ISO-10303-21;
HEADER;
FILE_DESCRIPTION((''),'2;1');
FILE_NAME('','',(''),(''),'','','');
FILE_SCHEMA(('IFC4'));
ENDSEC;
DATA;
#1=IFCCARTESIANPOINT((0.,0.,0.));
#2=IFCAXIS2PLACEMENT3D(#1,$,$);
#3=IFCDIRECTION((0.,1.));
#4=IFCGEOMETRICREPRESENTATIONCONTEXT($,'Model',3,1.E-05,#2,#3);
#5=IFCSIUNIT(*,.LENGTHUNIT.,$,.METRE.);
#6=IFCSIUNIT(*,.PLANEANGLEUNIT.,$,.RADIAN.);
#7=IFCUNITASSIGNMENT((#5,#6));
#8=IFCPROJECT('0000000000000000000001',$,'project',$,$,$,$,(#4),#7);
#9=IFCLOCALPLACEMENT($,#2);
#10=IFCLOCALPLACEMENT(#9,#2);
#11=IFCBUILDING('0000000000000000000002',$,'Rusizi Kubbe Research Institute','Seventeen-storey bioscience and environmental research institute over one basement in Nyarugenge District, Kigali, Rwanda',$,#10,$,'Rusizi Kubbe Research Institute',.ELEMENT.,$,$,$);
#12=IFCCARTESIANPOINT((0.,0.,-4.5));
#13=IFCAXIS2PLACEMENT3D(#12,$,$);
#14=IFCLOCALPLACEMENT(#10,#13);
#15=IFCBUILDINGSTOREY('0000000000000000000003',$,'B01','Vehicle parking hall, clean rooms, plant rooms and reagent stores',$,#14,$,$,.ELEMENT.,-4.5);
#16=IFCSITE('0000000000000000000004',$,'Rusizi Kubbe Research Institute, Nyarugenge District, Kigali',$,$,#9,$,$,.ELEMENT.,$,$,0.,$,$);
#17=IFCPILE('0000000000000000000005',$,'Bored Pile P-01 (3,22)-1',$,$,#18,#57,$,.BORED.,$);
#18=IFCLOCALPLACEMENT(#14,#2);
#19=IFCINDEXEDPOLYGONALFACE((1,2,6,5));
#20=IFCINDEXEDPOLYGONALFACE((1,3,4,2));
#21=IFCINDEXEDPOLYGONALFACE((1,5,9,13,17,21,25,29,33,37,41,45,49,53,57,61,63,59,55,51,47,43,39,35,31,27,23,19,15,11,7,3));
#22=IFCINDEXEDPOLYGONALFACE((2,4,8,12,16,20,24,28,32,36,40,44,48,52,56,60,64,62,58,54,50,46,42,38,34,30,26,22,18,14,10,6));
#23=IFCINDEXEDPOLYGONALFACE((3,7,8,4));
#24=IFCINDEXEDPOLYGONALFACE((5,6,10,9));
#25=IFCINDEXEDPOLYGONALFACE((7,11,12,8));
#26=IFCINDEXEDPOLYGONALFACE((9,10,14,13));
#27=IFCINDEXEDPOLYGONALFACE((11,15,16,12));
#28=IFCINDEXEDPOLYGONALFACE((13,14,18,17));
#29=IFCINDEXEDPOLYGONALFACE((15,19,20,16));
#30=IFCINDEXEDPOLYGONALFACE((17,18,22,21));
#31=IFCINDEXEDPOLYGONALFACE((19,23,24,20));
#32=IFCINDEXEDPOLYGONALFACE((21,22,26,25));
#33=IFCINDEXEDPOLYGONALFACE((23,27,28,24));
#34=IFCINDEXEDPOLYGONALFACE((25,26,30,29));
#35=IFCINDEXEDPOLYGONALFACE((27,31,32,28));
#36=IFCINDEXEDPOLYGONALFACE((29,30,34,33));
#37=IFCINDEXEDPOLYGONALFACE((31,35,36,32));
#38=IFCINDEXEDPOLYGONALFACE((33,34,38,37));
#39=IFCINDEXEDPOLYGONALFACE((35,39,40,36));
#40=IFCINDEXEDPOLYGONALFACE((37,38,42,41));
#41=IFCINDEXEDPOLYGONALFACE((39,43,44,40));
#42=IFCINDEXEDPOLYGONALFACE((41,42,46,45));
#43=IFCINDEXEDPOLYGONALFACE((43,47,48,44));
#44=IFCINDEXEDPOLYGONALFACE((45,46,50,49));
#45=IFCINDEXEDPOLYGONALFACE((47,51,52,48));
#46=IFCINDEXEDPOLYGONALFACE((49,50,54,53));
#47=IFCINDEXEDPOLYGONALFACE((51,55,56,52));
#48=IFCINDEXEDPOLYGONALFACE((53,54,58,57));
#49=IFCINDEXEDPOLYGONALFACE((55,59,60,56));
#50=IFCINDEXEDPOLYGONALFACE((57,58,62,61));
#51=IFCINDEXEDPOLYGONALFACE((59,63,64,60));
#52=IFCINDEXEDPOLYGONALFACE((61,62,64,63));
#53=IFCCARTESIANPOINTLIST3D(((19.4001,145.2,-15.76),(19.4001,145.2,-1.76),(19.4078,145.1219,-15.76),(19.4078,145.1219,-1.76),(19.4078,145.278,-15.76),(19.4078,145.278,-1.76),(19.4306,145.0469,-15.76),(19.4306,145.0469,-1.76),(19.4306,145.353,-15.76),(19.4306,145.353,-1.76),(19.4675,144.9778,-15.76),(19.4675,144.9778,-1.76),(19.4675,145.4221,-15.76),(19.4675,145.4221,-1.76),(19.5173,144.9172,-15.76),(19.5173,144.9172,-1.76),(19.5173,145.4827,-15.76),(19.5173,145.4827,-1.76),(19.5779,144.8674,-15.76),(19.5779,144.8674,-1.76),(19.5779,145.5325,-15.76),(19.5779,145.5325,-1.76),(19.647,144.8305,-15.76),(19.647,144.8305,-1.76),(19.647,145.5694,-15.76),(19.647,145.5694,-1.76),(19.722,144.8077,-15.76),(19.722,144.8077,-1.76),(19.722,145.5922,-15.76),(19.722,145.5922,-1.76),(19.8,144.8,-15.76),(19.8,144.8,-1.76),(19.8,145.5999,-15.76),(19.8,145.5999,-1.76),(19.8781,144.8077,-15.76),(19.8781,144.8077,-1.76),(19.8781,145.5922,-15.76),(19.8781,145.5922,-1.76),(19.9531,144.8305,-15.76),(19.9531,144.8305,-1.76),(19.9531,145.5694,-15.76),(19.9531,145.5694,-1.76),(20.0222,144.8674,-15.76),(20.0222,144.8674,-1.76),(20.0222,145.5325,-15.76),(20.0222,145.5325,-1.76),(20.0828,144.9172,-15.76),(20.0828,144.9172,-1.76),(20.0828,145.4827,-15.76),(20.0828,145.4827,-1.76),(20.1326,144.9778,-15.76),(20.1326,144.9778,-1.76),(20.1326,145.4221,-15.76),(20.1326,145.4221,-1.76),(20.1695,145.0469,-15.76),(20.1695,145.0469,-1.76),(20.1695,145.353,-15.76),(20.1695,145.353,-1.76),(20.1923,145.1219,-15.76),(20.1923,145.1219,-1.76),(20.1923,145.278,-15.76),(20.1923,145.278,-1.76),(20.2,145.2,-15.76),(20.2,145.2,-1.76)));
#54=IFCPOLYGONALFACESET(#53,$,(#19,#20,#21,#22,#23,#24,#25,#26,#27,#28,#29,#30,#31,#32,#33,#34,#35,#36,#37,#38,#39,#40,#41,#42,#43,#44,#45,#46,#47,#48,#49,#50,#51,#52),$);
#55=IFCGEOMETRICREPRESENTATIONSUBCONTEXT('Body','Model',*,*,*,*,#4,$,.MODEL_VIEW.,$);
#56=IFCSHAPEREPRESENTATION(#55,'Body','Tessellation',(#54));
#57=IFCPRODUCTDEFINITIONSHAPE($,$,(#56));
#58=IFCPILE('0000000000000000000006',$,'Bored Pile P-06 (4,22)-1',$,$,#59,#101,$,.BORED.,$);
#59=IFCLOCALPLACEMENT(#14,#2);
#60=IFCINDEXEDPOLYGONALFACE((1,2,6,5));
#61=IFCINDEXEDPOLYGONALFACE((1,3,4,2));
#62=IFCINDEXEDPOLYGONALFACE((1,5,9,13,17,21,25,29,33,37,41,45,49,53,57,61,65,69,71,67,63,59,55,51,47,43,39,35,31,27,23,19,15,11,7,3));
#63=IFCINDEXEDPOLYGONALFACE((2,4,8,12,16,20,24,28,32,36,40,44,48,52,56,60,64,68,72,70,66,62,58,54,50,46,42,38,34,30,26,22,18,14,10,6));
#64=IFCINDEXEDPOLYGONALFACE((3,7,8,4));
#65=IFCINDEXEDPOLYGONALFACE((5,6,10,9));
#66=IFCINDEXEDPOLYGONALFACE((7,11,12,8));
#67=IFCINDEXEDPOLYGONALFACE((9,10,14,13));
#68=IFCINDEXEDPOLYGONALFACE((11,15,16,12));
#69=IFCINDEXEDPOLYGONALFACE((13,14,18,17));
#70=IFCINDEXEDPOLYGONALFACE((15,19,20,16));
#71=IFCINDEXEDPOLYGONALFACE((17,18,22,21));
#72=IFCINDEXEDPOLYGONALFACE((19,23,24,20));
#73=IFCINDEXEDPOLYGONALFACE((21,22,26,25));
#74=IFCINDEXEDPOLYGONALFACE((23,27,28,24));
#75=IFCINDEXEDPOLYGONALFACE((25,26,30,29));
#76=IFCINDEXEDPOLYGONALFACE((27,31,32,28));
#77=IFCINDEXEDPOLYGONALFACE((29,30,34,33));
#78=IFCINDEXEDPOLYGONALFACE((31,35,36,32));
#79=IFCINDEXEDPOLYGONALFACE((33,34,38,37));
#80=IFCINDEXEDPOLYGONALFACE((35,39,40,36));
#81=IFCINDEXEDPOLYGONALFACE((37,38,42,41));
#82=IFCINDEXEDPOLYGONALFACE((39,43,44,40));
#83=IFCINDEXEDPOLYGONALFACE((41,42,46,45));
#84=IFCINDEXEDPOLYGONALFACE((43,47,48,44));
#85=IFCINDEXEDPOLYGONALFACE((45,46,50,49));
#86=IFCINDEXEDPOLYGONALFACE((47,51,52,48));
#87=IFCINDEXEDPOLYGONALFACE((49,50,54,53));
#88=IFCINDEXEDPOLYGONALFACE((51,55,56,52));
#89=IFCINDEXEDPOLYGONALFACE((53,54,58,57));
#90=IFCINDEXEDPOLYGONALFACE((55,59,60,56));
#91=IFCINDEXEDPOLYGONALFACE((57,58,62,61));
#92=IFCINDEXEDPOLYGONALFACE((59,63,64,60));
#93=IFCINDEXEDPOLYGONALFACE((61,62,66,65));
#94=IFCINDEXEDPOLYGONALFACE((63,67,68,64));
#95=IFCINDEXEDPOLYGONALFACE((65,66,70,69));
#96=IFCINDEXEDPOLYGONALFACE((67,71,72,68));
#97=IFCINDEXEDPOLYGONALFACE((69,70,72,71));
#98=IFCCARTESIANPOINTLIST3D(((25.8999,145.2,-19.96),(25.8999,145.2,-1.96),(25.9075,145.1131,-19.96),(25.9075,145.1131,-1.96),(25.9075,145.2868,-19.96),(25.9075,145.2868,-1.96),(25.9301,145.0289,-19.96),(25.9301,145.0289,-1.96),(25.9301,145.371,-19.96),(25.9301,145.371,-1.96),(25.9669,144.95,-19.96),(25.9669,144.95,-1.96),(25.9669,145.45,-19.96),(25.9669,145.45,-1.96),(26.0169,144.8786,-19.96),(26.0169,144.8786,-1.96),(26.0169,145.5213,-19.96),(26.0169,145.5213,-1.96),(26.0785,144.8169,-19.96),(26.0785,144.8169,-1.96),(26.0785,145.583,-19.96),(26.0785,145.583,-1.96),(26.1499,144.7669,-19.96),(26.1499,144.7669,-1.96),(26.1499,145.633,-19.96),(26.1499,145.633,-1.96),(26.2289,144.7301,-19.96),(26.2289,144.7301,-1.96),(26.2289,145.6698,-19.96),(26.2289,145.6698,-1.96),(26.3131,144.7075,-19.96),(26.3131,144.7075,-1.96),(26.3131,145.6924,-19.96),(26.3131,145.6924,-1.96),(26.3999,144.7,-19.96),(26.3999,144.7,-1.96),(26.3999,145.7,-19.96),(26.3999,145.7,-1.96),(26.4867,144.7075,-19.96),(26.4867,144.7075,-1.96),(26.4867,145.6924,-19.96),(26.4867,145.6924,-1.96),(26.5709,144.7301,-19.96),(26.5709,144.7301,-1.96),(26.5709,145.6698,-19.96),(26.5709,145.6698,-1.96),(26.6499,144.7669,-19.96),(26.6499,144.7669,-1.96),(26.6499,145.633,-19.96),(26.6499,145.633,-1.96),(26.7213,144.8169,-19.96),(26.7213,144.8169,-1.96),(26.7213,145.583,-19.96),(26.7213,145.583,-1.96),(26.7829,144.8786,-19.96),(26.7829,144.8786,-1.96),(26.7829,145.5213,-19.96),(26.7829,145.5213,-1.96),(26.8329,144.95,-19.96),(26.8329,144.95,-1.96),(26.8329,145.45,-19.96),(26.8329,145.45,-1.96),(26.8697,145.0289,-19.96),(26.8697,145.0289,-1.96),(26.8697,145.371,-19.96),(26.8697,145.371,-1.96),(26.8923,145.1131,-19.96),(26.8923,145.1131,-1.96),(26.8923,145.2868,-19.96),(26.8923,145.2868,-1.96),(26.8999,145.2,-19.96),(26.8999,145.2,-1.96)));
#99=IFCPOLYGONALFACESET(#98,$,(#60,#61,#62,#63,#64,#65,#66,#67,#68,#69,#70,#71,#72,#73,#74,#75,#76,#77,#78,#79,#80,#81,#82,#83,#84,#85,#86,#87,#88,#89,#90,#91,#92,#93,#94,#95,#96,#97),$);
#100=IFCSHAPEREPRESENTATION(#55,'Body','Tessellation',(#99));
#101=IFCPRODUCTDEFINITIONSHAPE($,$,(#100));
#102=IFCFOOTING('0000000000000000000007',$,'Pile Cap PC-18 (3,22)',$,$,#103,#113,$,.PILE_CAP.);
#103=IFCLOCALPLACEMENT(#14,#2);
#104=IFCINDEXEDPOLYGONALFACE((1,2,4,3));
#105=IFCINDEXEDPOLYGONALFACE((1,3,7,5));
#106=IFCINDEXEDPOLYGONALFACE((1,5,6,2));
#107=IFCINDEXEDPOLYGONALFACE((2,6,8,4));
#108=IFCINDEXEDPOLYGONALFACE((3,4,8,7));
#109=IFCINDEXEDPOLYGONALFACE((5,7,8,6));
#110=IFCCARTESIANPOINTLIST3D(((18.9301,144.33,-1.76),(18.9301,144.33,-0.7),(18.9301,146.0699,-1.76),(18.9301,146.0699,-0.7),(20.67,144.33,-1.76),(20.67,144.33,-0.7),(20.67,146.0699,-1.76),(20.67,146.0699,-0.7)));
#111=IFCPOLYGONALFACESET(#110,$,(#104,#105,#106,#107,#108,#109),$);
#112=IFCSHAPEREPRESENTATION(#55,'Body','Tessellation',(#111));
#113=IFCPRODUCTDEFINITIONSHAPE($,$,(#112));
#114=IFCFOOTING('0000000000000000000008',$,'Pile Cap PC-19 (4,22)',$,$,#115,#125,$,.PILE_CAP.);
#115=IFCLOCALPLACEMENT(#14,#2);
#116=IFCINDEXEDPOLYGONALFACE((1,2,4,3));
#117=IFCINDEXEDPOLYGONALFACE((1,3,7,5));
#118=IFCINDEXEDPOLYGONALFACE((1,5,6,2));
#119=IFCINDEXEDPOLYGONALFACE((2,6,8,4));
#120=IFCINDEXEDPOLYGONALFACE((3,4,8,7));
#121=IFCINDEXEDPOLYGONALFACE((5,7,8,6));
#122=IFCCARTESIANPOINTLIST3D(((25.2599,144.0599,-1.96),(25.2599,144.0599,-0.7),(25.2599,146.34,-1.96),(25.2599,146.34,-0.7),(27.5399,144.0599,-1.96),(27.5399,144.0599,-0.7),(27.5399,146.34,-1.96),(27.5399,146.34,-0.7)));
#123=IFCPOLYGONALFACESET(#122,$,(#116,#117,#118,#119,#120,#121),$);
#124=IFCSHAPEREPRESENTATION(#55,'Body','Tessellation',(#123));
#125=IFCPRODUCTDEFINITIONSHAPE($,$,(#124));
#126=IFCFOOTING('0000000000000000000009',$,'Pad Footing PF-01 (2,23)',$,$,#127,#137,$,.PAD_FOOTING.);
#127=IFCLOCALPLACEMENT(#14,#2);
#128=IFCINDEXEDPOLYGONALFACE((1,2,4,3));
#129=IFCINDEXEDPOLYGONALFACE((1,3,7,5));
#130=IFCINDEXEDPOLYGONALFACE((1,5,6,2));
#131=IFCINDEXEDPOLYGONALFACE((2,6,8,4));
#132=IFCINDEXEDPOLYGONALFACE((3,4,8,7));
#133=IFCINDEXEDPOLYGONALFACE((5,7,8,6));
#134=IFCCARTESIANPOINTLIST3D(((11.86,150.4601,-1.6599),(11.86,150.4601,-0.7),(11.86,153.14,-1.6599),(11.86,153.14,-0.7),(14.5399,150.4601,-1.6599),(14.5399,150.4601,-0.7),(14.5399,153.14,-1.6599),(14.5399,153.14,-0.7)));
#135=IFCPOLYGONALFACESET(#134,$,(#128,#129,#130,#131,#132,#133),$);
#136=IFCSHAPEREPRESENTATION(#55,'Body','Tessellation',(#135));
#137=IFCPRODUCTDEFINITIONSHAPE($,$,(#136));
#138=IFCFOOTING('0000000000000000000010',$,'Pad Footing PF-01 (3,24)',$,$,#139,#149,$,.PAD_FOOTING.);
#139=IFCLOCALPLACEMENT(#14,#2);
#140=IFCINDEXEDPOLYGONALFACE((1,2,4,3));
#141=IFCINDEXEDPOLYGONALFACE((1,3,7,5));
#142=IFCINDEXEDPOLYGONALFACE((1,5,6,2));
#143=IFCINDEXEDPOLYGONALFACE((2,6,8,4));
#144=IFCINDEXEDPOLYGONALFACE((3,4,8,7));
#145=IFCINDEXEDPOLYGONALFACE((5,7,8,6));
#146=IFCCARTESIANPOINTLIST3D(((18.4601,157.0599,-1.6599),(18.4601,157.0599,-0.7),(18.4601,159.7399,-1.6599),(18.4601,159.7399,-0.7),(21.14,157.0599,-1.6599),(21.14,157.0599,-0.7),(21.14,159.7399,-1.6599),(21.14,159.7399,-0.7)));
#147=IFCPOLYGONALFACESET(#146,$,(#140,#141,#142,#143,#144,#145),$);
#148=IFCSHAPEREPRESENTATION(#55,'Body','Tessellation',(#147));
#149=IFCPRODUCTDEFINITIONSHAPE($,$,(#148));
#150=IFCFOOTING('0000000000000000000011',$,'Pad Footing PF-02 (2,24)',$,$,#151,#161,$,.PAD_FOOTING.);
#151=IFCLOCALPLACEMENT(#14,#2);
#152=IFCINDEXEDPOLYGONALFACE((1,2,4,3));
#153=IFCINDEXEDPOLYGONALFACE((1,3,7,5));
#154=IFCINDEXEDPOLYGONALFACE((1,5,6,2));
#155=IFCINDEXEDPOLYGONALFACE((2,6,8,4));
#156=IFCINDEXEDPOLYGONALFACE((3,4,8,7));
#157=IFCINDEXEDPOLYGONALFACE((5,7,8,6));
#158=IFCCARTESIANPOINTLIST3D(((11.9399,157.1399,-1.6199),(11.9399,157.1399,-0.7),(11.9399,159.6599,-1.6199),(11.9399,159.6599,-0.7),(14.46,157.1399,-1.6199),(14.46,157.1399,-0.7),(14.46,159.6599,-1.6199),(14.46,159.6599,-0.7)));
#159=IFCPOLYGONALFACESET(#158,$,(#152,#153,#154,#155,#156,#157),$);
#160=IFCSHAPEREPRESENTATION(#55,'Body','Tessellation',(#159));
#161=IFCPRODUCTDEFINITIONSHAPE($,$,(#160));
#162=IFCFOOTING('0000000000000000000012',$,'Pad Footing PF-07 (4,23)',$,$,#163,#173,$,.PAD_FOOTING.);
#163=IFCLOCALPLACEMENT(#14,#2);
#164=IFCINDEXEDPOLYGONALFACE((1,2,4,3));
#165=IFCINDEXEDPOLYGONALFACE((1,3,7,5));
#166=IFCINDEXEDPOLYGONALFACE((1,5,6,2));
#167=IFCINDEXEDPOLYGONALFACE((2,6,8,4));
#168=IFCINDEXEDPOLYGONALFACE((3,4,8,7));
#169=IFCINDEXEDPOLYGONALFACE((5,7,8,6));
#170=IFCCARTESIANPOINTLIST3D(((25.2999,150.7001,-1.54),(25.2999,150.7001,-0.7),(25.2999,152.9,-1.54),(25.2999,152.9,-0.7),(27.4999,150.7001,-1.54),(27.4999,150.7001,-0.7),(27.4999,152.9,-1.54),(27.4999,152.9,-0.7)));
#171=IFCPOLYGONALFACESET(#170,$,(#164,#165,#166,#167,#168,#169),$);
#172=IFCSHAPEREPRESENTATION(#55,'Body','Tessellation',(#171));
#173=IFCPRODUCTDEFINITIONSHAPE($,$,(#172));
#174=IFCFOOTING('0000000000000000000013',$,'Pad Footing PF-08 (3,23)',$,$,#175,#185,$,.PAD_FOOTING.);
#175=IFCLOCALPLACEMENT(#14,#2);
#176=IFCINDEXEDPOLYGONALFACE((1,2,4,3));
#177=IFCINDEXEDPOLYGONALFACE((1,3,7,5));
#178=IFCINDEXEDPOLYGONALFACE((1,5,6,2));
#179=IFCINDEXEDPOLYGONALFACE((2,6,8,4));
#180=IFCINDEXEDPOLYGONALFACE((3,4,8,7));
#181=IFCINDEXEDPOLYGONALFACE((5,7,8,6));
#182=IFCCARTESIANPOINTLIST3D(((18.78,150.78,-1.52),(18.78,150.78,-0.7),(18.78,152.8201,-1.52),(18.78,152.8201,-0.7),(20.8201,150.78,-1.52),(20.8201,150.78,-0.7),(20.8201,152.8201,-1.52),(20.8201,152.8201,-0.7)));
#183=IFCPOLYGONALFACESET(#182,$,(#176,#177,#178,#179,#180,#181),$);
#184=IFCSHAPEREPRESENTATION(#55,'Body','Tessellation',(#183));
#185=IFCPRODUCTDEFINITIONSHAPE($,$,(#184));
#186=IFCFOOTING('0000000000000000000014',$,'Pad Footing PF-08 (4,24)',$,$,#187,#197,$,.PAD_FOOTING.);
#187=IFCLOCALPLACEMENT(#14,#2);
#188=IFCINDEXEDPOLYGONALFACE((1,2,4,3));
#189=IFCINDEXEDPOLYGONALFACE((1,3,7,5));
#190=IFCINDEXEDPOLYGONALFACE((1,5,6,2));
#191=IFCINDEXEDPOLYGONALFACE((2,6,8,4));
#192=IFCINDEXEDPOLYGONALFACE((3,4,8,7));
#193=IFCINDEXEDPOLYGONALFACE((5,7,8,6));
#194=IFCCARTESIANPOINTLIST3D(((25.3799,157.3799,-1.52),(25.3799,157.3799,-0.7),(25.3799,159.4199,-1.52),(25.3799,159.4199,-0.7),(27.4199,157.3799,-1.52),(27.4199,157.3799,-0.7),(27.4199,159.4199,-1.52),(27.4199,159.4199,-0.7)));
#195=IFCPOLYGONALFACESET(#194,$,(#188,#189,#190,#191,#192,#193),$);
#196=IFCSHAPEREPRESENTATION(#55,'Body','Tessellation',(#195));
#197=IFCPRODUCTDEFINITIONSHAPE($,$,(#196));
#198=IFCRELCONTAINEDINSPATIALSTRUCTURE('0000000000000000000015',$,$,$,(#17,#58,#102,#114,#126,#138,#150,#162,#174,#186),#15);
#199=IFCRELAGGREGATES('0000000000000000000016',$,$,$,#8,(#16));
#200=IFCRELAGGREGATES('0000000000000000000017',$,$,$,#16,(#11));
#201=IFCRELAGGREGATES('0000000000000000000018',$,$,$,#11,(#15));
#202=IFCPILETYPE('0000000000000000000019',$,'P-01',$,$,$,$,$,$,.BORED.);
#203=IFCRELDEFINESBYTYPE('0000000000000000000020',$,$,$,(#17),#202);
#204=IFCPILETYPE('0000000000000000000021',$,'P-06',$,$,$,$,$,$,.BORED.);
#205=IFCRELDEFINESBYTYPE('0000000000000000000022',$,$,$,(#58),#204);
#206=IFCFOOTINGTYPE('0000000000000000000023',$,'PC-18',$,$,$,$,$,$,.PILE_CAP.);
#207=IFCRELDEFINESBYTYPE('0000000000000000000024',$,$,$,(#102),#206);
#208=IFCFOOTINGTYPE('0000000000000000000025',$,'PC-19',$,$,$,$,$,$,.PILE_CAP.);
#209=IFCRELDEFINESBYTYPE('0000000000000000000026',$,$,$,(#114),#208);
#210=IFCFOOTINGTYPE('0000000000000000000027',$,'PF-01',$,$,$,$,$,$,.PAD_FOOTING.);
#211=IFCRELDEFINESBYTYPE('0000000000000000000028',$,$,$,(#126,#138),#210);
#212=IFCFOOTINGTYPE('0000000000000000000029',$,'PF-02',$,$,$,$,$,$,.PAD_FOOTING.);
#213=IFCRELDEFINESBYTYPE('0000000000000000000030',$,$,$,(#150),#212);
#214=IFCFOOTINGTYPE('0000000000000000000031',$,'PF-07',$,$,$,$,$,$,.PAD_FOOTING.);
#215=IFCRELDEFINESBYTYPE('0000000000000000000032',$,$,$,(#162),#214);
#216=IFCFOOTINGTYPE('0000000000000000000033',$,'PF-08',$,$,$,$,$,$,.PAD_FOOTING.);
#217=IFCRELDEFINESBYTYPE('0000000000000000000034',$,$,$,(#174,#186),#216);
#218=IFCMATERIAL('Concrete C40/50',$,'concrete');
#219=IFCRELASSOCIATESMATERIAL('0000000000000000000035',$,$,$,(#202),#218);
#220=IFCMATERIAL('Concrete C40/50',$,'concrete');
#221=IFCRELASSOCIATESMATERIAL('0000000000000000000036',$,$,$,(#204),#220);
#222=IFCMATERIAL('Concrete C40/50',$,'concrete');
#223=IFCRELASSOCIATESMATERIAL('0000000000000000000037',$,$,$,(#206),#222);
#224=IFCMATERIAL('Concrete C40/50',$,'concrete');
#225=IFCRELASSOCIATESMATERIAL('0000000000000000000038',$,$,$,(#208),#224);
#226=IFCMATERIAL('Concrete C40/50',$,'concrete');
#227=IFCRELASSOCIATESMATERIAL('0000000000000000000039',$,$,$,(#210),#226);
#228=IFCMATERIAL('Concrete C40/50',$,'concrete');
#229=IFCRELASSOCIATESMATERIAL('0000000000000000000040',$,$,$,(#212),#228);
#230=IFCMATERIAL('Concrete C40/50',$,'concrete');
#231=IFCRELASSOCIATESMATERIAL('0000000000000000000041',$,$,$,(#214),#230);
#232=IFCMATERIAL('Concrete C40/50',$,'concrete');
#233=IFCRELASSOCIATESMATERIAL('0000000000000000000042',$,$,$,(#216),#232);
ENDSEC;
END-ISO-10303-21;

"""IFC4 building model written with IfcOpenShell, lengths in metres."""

from ifc_helpers import new_model, si_unit, direction, frame, origin, origin_2d, place, context, subcontext, project, spatial, rectangle, circle, extrude, material, material_profile, profile_set, type_object, element, save


model = new_model("IFC4")

# Units and contexts
model_context = context("Model", 3, precision=1e-05, world=origin(), true_north=direction((0.0, 1.0)))
body_context = subcontext(model_context, "Body", "Model", "MODEL_VIEW")
ifc_project = project(units=[si_unit("LENGTHUNIT", "METRE"), si_unit("PLANEANGLEUNIT", "RADIAN")], contexts=[model_context])

# Site, building, storey
site_placement = place(None, origin())
site = spatial("IfcSite", under=ifc_project, at=site_placement, Name="Rusizi Kubbe Research Institute, Nyarugenge District, Kigali", CompositionType="ELEMENT", RefElevation=0.0)
building_placement = place(site_placement, origin())
building = spatial("IfcBuilding", under=site, at=building_placement, Name="Rusizi Kubbe Research Institute", Description="Seventeen-storey bioscience and environmental research institute over one basement in Nyarugenge District, Kigali, Rwanda", LongName="Rusizi Kubbe Research Institute", CompositionType="ELEMENT")
storey_placement = place(building_placement, frame((0.0, 0.0, -4.5)))
storey = spatial("IfcBuildingStorey", under=building, at=storey_placement, Name="B01", Description="Vehicle parking hall, clean rooms, plant rooms and reagent stores", CompositionType="ELEMENT", Elevation=-4.5)

# Piles
ifc_material_1 = material(Name="Concrete C40/50", Category="concrete")
ifc_material_profile_1 = material_profile(ifc_material_1, circle(Radius=0.3999, at=origin_2d()), Name="PILE-D800")
ifc_profile_set_1 = profile_set([ifc_material_profile_1], Name="Concrete C40/50")
pile_type_1 = type_object("IfcPileType", Name="P-01", PredefinedType="BORED", material=ifc_profile_set_1)
pile_1_placement = place(storey_placement, frame((19.8, 145.2, -1.76), z_axis=(0.0, 0.0, -1.0), x_axis=(1.0, 0.0, 0.0)))
element("IfcPile", 1, at=pile_1_placement, inside=storey, type_object=pile_type_1, Name="Bored Pile P-01 (3,22)-1", PredefinedType="BORED", context=body_context, shape_type="SweptSolid", body=[
    extrude(circle(Radius=0.3999, at=origin_2d()), origin(), (0.0, 0.0, 1.0), 14.0),
])
ifc_material_2 = material(Name="Concrete C40/50", Category="concrete")
ifc_material_profile_2 = material_profile(ifc_material_2, circle(Radius=0.5, at=origin_2d()), Name="PILE-D1000")
ifc_profile_set_2 = profile_set([ifc_material_profile_2], Name="Concrete C40/50")
pile_type_2 = type_object("IfcPileType", Name="P-06", PredefinedType="BORED", material=ifc_profile_set_2)
pile_2_placement = place(storey_placement, frame((26.3999, 145.2, -1.96), z_axis=(0.0, 0.0, -1.0), x_axis=(1.0, 0.0, 0.0)))
element("IfcPile", 2, at=pile_2_placement, inside=storey, type_object=pile_type_2, Name="Bored Pile P-06 (4,22)-1", PredefinedType="BORED", context=body_context, shape_type="SweptSolid", body=[
    extrude(circle(Radius=0.5, at=origin_2d()), origin(), (0.0, 0.0, 1.0), 18.0),
])

# Footings
ifc_material_3 = material(Name="Concrete C40/50", Category="concrete")
footing_type_1 = type_object("IfcFootingType", Name="PC-18", PredefinedType="PILE_CAP", material=ifc_material_3)
footing_1_placement = place(storey_placement, frame((19.8, 145.2, -1.76), z_axis=(0.0, 0.0, 1.0), x_axis=(1.0, 0.0, 0.0)))
element("IfcFooting", 3, at=footing_1_placement, inside=storey, type_object=footing_type_1, Name="Pile Cap PC-18 (3,22)", PredefinedType="PILE_CAP", context=body_context, shape_type="SweptSolid", body=[
    extrude(rectangle(XDim=1.74, YDim=1.74, at=origin_2d()), origin(), (0.0, 0.0, 1.0), 1.0601),
])
ifc_material_4 = material(Name="Concrete C40/50", Category="concrete")
footing_type_2 = type_object("IfcFootingType", Name="PC-19", PredefinedType="PILE_CAP", material=ifc_material_4)
footing_2_placement = place(storey_placement, frame((26.3999, 145.2, -1.96), z_axis=(0.0, 0.0, 1.0), x_axis=(1.0, 0.0, 0.0)))
element("IfcFooting", 4, at=footing_2_placement, inside=storey, type_object=footing_type_2, Name="Pile Cap PC-19 (4,22)", PredefinedType="PILE_CAP", context=body_context, shape_type="SweptSolid", body=[
    extrude(rectangle(XDim=2.28, YDim=2.28, at=origin_2d()), origin(), (0.0, 0.0, 1.0), 1.26),
])
ifc_material_5 = material(Name="Concrete C40/50", Category="concrete")
footing_type_3 = type_object("IfcFootingType", Name="PF-01", PredefinedType="PAD_FOOTING", material=ifc_material_5)
for number, where, z_axis, x_axis, name in (
    (5, (13.2, 151.8, -1.6599), (0.0, 0.0, 1.0), (1.0, 0.0, 0.0), "Pad Footing PF-01 (2,23)"),
    (6, (19.8, 158.3999, -1.6599), (0.0, 0.0, 1.0), (1.0, 0.0, 0.0), "Pad Footing PF-01 (3,24)"),
):
    element("IfcFooting", number, at=place(storey_placement, frame(where, z_axis=z_axis, x_axis=x_axis)), inside=storey, type_object=footing_type_3, Name=name, PredefinedType="PAD_FOOTING", context=body_context, shape_type="SweptSolid", body=[
        extrude(rectangle(XDim=2.6799, YDim=2.6799, at=origin_2d()), origin(), (0.0, 0.0, 1.0), 0.96),
    ])
ifc_material_6 = material(Name="Concrete C40/50", Category="concrete")
footing_type_4 = type_object("IfcFootingType", Name="PF-02", PredefinedType="PAD_FOOTING", material=ifc_material_6)
footing_3_placement = place(storey_placement, frame((13.2, 158.3999, -1.6199), z_axis=(0.0, 0.0, 1.0), x_axis=(1.0, 0.0, 0.0)))
element("IfcFooting", 7, at=footing_3_placement, inside=storey, type_object=footing_type_4, Name="Pad Footing PF-02 (2,24)", PredefinedType="PAD_FOOTING", context=body_context, shape_type="SweptSolid", body=[
    extrude(rectangle(XDim=2.52, YDim=2.52, at=origin_2d()), origin(), (0.0, 0.0, 1.0), 0.9199),
])
ifc_material_7 = material(Name="Concrete C40/50", Category="concrete")
footing_type_5 = type_object("IfcFootingType", Name="PF-07", PredefinedType="PAD_FOOTING", material=ifc_material_7)
footing_4_placement = place(storey_placement, frame((26.3999, 151.8, -1.54), z_axis=(0.0, 0.0, 1.0), x_axis=(1.0, 0.0, 0.0)))
element("IfcFooting", 8, at=footing_4_placement, inside=storey, type_object=footing_type_5, Name="Pad Footing PF-07 (4,23)", PredefinedType="PAD_FOOTING", context=body_context, shape_type="SweptSolid", body=[
    extrude(rectangle(XDim=2.2, YDim=2.2, at=origin_2d()), origin(), (0.0, 0.0, 1.0), 0.8401),
])
ifc_material_8 = material(Name="Concrete C40/50", Category="concrete")
footing_type_6 = type_object("IfcFootingType", Name="PF-08", PredefinedType="PAD_FOOTING", material=ifc_material_8)
for number, where, z_axis, x_axis, name in (
    (9, (19.8, 151.8, -1.52), (0.0, 0.0, 1.0), (1.0, 0.0, 0.0), "Pad Footing PF-08 (3,23)"),
    (10, (26.3999, 158.3999, -1.52), (0.0, 0.0, 1.0), (1.0, 0.0, 0.0), "Pad Footing PF-08 (4,24)"),
):
    element("IfcFooting", number, at=place(storey_placement, frame(where, z_axis=z_axis, x_axis=x_axis)), inside=storey, type_object=footing_type_6, Name=name, PredefinedType="PAD_FOOTING", context=body_context, shape_type="SweptSolid", body=[
        extrude(rectangle(XDim=2.04, YDim=2.04, at=origin_2d()), origin(), (0.0, 0.0, 1.0), 0.8201),
    ])

save(model, "model.ifc")
